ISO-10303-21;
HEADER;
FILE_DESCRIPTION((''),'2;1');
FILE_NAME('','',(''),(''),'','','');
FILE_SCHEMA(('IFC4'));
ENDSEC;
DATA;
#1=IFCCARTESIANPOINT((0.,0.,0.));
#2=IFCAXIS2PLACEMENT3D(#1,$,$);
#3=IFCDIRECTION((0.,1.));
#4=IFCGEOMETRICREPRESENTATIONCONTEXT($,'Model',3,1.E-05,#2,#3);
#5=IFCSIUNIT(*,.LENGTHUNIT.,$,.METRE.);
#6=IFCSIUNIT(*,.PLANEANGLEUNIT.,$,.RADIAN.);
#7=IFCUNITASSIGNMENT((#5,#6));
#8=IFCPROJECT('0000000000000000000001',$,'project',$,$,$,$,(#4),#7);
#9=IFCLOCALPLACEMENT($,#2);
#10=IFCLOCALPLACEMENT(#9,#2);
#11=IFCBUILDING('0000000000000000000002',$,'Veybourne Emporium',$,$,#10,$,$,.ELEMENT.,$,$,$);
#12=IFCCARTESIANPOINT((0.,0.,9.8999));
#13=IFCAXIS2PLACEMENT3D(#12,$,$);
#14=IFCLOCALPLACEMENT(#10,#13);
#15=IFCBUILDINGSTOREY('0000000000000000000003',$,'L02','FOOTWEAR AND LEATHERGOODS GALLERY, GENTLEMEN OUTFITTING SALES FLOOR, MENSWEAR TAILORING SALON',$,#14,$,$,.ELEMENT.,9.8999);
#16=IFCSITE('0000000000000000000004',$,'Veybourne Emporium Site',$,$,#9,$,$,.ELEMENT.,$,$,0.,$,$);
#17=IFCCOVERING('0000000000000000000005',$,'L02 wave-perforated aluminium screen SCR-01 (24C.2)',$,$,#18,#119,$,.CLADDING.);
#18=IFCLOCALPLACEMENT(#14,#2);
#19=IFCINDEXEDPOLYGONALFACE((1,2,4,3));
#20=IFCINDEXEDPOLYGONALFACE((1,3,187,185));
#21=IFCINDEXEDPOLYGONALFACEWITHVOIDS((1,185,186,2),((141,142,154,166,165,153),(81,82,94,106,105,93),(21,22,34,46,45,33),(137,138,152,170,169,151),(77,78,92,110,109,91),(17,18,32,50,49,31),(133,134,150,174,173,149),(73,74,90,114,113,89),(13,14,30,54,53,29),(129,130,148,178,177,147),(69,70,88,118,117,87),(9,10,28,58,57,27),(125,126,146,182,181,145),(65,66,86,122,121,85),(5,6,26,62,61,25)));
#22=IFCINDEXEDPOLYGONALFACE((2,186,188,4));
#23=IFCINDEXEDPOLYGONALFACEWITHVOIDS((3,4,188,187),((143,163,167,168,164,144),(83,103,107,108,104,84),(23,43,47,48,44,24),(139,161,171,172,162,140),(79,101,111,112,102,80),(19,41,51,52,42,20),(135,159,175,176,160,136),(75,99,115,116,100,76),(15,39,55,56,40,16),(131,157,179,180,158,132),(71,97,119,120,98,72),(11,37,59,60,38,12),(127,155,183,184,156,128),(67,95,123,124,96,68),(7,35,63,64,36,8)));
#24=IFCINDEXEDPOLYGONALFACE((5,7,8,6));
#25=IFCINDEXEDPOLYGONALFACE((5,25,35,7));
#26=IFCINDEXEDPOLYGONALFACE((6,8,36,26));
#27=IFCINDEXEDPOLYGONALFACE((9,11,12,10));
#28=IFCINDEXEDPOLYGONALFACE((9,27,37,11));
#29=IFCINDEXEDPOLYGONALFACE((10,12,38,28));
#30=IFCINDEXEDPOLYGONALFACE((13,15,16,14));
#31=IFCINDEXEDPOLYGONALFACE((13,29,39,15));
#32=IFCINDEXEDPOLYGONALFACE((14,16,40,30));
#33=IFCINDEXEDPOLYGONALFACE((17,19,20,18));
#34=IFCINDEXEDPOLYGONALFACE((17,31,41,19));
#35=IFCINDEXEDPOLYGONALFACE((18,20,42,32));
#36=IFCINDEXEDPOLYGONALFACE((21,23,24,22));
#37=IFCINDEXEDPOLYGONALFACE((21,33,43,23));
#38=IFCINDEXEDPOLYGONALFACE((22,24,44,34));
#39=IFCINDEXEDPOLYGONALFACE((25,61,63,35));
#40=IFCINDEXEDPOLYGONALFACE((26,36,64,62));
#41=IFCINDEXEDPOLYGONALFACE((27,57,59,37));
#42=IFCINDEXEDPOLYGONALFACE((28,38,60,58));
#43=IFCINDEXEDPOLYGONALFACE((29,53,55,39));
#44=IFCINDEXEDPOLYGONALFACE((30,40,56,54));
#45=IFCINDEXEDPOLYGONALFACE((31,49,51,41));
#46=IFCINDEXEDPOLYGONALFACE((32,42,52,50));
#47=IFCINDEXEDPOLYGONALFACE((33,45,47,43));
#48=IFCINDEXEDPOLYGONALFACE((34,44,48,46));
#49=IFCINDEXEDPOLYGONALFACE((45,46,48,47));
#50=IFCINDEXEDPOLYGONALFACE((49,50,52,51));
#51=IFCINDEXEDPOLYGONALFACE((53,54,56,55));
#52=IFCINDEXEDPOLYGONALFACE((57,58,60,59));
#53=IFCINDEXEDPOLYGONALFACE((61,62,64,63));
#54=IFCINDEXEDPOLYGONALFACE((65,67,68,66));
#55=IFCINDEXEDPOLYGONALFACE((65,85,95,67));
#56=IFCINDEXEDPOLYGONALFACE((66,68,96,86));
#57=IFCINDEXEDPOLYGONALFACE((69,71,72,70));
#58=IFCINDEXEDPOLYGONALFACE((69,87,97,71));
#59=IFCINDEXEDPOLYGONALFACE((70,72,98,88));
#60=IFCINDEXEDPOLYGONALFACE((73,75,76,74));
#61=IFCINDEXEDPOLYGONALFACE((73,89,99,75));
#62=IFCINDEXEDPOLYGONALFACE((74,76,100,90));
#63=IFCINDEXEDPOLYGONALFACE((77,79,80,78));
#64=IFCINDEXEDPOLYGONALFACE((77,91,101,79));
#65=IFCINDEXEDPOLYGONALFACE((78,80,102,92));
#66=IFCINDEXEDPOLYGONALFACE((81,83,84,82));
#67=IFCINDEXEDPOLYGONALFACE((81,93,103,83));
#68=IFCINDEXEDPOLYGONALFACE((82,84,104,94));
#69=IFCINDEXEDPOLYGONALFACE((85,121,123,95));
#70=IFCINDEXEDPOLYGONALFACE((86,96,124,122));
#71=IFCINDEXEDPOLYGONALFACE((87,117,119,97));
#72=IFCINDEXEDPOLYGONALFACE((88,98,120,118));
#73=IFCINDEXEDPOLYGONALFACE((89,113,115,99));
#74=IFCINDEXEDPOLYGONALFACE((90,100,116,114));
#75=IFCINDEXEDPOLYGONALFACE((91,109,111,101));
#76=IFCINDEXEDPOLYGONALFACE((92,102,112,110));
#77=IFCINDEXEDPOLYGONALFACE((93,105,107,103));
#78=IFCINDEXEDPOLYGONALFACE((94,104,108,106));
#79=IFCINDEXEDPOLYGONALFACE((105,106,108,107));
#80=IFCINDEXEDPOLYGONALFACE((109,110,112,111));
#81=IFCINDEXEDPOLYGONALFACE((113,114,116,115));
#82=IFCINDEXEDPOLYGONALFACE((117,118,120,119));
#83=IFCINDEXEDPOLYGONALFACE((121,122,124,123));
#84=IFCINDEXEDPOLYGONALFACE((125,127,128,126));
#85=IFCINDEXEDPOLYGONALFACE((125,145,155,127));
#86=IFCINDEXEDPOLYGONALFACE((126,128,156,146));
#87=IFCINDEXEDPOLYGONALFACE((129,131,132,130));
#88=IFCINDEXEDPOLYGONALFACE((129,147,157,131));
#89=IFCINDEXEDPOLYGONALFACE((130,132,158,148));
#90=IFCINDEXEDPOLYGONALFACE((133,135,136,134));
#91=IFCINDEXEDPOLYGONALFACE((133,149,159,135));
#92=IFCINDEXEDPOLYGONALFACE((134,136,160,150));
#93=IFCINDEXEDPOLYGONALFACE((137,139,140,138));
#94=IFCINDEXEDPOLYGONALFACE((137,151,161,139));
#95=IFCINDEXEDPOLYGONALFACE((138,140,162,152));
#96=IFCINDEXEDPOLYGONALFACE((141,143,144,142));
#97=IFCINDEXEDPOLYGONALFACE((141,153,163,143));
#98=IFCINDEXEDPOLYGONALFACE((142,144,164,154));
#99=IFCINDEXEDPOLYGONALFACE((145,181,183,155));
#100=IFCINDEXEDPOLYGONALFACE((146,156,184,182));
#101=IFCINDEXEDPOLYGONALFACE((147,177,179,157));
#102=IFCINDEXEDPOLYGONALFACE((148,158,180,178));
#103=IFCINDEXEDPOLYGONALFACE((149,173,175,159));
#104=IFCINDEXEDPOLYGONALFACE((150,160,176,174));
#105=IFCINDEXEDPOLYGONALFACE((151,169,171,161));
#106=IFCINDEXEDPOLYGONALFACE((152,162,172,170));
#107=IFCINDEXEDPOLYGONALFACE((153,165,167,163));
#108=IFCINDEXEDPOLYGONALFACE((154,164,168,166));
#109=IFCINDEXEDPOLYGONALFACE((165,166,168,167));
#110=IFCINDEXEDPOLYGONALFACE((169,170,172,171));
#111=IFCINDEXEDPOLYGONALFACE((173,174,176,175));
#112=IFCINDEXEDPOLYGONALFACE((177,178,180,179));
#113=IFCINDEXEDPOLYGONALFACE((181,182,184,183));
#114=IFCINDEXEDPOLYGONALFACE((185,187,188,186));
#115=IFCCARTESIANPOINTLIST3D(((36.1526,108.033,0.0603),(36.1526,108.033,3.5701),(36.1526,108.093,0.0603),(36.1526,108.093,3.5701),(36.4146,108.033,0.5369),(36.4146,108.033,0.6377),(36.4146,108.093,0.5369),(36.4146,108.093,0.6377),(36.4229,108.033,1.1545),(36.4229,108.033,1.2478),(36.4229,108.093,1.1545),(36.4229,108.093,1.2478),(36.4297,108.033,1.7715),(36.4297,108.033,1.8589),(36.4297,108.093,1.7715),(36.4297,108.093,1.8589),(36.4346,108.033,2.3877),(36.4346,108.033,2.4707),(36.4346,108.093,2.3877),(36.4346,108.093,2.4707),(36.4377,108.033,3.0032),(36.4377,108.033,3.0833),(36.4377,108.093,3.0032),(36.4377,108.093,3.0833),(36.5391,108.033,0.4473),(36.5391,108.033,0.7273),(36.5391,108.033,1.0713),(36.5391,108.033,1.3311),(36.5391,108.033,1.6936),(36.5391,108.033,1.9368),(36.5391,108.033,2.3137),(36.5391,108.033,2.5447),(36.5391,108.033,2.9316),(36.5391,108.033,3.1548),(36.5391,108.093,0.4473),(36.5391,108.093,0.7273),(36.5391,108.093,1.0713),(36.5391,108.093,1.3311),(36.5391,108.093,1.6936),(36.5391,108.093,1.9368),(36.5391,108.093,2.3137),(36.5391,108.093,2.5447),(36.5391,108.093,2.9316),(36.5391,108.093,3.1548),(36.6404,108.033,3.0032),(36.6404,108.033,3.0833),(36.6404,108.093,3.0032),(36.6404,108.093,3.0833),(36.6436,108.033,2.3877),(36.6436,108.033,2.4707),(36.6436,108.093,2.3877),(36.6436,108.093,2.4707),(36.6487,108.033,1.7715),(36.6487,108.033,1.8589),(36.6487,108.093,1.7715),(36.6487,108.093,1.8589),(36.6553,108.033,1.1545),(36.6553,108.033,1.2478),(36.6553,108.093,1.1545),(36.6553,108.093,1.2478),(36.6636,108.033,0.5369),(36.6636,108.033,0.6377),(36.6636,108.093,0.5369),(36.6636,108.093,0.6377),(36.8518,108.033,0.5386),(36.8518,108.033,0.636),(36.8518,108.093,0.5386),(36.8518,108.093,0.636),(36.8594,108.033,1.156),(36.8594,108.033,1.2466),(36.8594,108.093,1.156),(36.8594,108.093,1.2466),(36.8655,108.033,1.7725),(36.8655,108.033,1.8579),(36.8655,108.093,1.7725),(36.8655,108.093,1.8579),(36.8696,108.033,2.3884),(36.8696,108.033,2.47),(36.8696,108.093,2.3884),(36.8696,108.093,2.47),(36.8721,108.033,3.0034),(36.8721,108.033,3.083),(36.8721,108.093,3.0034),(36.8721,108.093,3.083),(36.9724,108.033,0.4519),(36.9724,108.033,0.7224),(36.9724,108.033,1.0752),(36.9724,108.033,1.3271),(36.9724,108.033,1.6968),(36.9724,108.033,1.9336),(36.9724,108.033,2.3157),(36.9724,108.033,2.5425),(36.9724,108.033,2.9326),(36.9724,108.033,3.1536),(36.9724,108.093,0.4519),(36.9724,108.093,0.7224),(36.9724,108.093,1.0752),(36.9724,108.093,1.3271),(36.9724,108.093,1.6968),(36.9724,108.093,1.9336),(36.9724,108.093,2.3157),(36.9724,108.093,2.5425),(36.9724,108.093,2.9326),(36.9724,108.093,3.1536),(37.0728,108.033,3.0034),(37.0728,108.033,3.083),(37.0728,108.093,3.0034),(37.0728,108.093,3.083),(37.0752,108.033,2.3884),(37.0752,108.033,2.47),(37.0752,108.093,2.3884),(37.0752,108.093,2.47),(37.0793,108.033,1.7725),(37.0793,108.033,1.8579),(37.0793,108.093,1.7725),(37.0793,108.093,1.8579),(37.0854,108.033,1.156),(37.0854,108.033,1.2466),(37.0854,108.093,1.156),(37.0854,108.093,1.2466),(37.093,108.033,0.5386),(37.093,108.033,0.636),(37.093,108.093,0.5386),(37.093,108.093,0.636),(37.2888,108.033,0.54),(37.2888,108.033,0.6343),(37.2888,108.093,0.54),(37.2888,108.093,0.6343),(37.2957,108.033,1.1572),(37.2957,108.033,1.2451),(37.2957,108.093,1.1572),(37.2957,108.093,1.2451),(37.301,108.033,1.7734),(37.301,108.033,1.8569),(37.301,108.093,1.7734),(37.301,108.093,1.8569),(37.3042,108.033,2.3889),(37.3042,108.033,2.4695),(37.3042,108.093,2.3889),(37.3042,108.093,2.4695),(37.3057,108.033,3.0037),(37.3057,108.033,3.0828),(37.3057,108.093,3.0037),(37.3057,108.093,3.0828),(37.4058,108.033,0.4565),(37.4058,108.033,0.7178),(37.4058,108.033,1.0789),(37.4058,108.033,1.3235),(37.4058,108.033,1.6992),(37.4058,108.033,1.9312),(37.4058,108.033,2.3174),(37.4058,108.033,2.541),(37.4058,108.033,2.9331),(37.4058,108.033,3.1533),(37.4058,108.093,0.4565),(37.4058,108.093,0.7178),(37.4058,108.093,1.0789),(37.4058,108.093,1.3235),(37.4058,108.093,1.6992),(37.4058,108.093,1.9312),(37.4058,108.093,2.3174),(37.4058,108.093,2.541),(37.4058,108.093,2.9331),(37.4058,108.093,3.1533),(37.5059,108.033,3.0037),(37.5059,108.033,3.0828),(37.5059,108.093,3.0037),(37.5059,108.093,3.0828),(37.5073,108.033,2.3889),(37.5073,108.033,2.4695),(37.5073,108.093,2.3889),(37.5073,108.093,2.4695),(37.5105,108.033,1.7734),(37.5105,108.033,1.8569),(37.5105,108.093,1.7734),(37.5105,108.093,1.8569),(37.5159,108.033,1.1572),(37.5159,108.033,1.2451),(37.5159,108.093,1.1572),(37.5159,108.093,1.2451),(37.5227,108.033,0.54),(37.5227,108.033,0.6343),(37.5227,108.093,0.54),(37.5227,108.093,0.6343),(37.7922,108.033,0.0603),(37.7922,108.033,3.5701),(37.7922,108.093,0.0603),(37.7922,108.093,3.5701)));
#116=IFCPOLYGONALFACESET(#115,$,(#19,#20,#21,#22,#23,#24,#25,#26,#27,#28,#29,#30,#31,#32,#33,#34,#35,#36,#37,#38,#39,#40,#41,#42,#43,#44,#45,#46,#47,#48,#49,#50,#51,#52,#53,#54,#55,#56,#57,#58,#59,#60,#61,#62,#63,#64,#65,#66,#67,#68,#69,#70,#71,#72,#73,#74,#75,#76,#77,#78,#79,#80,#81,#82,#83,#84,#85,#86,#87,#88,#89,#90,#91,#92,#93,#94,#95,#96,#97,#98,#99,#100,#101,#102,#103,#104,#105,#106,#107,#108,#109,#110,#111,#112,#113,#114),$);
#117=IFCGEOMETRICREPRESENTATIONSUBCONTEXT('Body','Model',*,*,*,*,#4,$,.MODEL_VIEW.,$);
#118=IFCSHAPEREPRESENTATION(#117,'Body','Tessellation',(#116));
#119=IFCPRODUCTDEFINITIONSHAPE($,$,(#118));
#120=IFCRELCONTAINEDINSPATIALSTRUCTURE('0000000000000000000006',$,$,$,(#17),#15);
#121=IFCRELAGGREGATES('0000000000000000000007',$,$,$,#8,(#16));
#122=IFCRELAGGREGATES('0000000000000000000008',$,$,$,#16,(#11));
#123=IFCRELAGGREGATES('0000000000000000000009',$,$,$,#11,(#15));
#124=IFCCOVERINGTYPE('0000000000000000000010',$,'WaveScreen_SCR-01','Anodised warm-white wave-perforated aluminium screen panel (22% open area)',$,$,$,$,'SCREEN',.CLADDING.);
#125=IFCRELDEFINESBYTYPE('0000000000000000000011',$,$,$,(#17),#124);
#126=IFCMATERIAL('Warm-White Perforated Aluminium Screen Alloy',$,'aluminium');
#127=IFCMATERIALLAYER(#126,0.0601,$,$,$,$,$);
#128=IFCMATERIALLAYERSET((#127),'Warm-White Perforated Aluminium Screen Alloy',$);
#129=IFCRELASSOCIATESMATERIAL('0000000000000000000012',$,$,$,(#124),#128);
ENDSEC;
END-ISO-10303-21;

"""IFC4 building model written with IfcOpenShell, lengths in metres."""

from ifc_helpers import new_model, si_unit, direction, frame, origin, place, context, subcontext, project, spatial, polyline, outline, extrude, material, layer, layer_set, type_object, element, save


model = new_model("IFC4")

# Units and contexts
model_context = context("Model", 3, precision=1e-05, world=origin(), true_north=direction((0.0, 1.0)))
body_context = subcontext(model_context, "Body", "Model", "MODEL_VIEW")
ifc_project = project(units=[si_unit("LENGTHUNIT", "METRE"), si_unit("PLANEANGLEUNIT", "RADIAN")], contexts=[model_context])

# Site, building, storey
site_placement = place(None, origin())
site = spatial("IfcSite", under=ifc_project, at=site_placement, Name="Veybourne Emporium Site", CompositionType="ELEMENT", RefElevation=0.0)
building_placement = place(site_placement, origin())
building = spatial("IfcBuilding", under=site, at=building_placement, Name="Veybourne Emporium", CompositionType="ELEMENT")
storey_placement = place(building_placement, frame((0.0, 0.0, 9.8999)))
storey = spatial("IfcBuildingStorey", under=building, at=storey_placement, Name="L02", Description="FOOTWEAR AND LEATHERGOODS GALLERY, GENTLEMEN OUTFITTING SALES FLOOR, MENSWEAR TAILORING SALON", CompositionType="ELEMENT", Elevation=9.8999)

# Covering
ifc_material_1 = material(Name="Warm-White Perforated Aluminium Screen Alloy", Category="aluminium")
ifc_layer_1 = layer(ifc_material_1, 0.0601)
ifc_layer_set_1 = layer_set([ifc_layer_1], Name="Warm-White Perforated Aluminium Screen Alloy")
covering_type_1 = type_object("IfcCoveringType", Name="WaveScreen_SCR-01", Description="Anodised warm-white wave-perforated aluminium screen panel (22% open area)", ElementType="SCREEN", PredefinedType="CLADDING", material=ifc_layer_set_1)
covering_1_placement = place(storey_placement, frame((36.9724, 108.093, 1.8152), z_axis=(0.0, -1.0, 0.0), x_axis=(1.0, 0.0, 0.0)))
element("IfcCovering", 1, at=covering_1_placement, inside=storey, type_object=covering_type_1, Name="L02 wave-perforated aluminium screen SCR-01 (24C.2)", PredefinedType="CLADDING", context=body_context, shape_type="SweptSolid", body=[
    extrude(outline(polyline([(-0.8198, -1.7549), (0.8198, -1.7549), (0.8198, 1.7549), (-0.8198, 1.7549), (-0.8198, -1.7549)]), holes=[polyline([(-0.4333, -1.0879), (-0.3088, -1.1775), (-0.3088, -1.2783), (-0.4333, -1.3679), (-0.5579, -1.2783), (-0.5579, -1.1775), (-0.4333, -1.0879)]), polyline([(-0.4333, -0.4841), (-0.3171, -0.5674), (-0.3171, -0.6606), (-0.4333, -0.7439), (-0.5496, -0.6606), (-0.5496, -0.5674), (-0.4333, -0.4841)]), polyline([(-0.4333, 0.1216), (-0.3237, 0.0437), (-0.3237, -0.0437), (-0.4333, -0.1216), (-0.5427, -0.0437), (-0.5427, 0.0437), (-0.4333, 0.1216)]), polyline([(-0.4333, 0.7295), (-0.3289, 0.6555), (-0.3289, 0.5725), (-0.4333, 0.4985), (-0.5378, 0.5725), (-0.5378, 0.6555), (-0.4333, 0.7295)]), polyline([(-0.4333, 1.3396), (-0.332, 1.2681), (-0.332, 1.188), (-0.4333, 1.1165), (-0.5347, 1.188), (-0.5347, 1.2681), (-0.4333, 1.3396)]), polyline([(0.0, -1.0928), (0.1206, -1.1792), (0.1206, -1.2766), (0.0, -1.3633), (-0.1206, -1.2766), (-0.1206, -1.1792), (0.0, -1.0928)]), polyline([(0.0, -0.488), (0.113, -0.5686), (0.113, -0.6592), (0.0, -0.74), (-0.113, -0.6592), (-0.113, -0.5686), (0.0, -0.488)]), polyline([(0.0, 0.1184), (0.1069, 0.0427), (0.1069, -0.0427), (0.0, -0.1184), (-0.1069, -0.0427), (-0.1069, 0.0427), (0.0, 0.1184)]), polyline([(0.0, 0.7273), (0.1028, 0.6548), (0.1028, 0.5732), (0.0, 0.5005), (-0.1028, 0.5732), (-0.1028, 0.6548), (0.0, 0.7273)]), polyline([(0.0, 1.3384), (0.1003, 1.2678), (0.1003, 1.1882), (0.0, 1.1174), (-0.1003, 1.1882), (-0.1003, 1.2678), (0.0, 1.3384)]), polyline([(0.4333, -1.0974), (0.5503, -1.1809), (0.5503, -1.2751), (0.4333, -1.3586), (0.3164, -1.2751), (0.3164, -1.1809), (0.4333, -1.0974)]), polyline([(0.4333, -0.4917), (0.5435, -0.5701), (0.5435, -0.658), (0.4333, -0.7363), (0.3232, -0.658), (0.3232, -0.5701), (0.4333, -0.4917)]), polyline([(0.4333, 0.116), (0.5381, 0.0417), (0.5381, -0.0417), (0.4333, -0.116), (0.3286, -0.0417), (0.3286, 0.0417), (0.4333, 0.116)]), polyline([(0.4333, 0.7258), (0.5349, 0.6543), (0.5349, 0.5737), (0.4333, 0.5022), (0.3318, 0.5737), (0.3318, 0.6543), (0.4333, 0.7258)]), polyline([(0.4333, 1.3381), (0.5334, 1.2676), (0.5334, 1.1885), (0.4333, 1.1179), (0.3333, 1.1885), (0.3333, 1.2676), (0.4333, 1.3381)])]), origin(), (0.0, 0.0, 1.0), 0.0601),
])

save(model, "model.ifc")
